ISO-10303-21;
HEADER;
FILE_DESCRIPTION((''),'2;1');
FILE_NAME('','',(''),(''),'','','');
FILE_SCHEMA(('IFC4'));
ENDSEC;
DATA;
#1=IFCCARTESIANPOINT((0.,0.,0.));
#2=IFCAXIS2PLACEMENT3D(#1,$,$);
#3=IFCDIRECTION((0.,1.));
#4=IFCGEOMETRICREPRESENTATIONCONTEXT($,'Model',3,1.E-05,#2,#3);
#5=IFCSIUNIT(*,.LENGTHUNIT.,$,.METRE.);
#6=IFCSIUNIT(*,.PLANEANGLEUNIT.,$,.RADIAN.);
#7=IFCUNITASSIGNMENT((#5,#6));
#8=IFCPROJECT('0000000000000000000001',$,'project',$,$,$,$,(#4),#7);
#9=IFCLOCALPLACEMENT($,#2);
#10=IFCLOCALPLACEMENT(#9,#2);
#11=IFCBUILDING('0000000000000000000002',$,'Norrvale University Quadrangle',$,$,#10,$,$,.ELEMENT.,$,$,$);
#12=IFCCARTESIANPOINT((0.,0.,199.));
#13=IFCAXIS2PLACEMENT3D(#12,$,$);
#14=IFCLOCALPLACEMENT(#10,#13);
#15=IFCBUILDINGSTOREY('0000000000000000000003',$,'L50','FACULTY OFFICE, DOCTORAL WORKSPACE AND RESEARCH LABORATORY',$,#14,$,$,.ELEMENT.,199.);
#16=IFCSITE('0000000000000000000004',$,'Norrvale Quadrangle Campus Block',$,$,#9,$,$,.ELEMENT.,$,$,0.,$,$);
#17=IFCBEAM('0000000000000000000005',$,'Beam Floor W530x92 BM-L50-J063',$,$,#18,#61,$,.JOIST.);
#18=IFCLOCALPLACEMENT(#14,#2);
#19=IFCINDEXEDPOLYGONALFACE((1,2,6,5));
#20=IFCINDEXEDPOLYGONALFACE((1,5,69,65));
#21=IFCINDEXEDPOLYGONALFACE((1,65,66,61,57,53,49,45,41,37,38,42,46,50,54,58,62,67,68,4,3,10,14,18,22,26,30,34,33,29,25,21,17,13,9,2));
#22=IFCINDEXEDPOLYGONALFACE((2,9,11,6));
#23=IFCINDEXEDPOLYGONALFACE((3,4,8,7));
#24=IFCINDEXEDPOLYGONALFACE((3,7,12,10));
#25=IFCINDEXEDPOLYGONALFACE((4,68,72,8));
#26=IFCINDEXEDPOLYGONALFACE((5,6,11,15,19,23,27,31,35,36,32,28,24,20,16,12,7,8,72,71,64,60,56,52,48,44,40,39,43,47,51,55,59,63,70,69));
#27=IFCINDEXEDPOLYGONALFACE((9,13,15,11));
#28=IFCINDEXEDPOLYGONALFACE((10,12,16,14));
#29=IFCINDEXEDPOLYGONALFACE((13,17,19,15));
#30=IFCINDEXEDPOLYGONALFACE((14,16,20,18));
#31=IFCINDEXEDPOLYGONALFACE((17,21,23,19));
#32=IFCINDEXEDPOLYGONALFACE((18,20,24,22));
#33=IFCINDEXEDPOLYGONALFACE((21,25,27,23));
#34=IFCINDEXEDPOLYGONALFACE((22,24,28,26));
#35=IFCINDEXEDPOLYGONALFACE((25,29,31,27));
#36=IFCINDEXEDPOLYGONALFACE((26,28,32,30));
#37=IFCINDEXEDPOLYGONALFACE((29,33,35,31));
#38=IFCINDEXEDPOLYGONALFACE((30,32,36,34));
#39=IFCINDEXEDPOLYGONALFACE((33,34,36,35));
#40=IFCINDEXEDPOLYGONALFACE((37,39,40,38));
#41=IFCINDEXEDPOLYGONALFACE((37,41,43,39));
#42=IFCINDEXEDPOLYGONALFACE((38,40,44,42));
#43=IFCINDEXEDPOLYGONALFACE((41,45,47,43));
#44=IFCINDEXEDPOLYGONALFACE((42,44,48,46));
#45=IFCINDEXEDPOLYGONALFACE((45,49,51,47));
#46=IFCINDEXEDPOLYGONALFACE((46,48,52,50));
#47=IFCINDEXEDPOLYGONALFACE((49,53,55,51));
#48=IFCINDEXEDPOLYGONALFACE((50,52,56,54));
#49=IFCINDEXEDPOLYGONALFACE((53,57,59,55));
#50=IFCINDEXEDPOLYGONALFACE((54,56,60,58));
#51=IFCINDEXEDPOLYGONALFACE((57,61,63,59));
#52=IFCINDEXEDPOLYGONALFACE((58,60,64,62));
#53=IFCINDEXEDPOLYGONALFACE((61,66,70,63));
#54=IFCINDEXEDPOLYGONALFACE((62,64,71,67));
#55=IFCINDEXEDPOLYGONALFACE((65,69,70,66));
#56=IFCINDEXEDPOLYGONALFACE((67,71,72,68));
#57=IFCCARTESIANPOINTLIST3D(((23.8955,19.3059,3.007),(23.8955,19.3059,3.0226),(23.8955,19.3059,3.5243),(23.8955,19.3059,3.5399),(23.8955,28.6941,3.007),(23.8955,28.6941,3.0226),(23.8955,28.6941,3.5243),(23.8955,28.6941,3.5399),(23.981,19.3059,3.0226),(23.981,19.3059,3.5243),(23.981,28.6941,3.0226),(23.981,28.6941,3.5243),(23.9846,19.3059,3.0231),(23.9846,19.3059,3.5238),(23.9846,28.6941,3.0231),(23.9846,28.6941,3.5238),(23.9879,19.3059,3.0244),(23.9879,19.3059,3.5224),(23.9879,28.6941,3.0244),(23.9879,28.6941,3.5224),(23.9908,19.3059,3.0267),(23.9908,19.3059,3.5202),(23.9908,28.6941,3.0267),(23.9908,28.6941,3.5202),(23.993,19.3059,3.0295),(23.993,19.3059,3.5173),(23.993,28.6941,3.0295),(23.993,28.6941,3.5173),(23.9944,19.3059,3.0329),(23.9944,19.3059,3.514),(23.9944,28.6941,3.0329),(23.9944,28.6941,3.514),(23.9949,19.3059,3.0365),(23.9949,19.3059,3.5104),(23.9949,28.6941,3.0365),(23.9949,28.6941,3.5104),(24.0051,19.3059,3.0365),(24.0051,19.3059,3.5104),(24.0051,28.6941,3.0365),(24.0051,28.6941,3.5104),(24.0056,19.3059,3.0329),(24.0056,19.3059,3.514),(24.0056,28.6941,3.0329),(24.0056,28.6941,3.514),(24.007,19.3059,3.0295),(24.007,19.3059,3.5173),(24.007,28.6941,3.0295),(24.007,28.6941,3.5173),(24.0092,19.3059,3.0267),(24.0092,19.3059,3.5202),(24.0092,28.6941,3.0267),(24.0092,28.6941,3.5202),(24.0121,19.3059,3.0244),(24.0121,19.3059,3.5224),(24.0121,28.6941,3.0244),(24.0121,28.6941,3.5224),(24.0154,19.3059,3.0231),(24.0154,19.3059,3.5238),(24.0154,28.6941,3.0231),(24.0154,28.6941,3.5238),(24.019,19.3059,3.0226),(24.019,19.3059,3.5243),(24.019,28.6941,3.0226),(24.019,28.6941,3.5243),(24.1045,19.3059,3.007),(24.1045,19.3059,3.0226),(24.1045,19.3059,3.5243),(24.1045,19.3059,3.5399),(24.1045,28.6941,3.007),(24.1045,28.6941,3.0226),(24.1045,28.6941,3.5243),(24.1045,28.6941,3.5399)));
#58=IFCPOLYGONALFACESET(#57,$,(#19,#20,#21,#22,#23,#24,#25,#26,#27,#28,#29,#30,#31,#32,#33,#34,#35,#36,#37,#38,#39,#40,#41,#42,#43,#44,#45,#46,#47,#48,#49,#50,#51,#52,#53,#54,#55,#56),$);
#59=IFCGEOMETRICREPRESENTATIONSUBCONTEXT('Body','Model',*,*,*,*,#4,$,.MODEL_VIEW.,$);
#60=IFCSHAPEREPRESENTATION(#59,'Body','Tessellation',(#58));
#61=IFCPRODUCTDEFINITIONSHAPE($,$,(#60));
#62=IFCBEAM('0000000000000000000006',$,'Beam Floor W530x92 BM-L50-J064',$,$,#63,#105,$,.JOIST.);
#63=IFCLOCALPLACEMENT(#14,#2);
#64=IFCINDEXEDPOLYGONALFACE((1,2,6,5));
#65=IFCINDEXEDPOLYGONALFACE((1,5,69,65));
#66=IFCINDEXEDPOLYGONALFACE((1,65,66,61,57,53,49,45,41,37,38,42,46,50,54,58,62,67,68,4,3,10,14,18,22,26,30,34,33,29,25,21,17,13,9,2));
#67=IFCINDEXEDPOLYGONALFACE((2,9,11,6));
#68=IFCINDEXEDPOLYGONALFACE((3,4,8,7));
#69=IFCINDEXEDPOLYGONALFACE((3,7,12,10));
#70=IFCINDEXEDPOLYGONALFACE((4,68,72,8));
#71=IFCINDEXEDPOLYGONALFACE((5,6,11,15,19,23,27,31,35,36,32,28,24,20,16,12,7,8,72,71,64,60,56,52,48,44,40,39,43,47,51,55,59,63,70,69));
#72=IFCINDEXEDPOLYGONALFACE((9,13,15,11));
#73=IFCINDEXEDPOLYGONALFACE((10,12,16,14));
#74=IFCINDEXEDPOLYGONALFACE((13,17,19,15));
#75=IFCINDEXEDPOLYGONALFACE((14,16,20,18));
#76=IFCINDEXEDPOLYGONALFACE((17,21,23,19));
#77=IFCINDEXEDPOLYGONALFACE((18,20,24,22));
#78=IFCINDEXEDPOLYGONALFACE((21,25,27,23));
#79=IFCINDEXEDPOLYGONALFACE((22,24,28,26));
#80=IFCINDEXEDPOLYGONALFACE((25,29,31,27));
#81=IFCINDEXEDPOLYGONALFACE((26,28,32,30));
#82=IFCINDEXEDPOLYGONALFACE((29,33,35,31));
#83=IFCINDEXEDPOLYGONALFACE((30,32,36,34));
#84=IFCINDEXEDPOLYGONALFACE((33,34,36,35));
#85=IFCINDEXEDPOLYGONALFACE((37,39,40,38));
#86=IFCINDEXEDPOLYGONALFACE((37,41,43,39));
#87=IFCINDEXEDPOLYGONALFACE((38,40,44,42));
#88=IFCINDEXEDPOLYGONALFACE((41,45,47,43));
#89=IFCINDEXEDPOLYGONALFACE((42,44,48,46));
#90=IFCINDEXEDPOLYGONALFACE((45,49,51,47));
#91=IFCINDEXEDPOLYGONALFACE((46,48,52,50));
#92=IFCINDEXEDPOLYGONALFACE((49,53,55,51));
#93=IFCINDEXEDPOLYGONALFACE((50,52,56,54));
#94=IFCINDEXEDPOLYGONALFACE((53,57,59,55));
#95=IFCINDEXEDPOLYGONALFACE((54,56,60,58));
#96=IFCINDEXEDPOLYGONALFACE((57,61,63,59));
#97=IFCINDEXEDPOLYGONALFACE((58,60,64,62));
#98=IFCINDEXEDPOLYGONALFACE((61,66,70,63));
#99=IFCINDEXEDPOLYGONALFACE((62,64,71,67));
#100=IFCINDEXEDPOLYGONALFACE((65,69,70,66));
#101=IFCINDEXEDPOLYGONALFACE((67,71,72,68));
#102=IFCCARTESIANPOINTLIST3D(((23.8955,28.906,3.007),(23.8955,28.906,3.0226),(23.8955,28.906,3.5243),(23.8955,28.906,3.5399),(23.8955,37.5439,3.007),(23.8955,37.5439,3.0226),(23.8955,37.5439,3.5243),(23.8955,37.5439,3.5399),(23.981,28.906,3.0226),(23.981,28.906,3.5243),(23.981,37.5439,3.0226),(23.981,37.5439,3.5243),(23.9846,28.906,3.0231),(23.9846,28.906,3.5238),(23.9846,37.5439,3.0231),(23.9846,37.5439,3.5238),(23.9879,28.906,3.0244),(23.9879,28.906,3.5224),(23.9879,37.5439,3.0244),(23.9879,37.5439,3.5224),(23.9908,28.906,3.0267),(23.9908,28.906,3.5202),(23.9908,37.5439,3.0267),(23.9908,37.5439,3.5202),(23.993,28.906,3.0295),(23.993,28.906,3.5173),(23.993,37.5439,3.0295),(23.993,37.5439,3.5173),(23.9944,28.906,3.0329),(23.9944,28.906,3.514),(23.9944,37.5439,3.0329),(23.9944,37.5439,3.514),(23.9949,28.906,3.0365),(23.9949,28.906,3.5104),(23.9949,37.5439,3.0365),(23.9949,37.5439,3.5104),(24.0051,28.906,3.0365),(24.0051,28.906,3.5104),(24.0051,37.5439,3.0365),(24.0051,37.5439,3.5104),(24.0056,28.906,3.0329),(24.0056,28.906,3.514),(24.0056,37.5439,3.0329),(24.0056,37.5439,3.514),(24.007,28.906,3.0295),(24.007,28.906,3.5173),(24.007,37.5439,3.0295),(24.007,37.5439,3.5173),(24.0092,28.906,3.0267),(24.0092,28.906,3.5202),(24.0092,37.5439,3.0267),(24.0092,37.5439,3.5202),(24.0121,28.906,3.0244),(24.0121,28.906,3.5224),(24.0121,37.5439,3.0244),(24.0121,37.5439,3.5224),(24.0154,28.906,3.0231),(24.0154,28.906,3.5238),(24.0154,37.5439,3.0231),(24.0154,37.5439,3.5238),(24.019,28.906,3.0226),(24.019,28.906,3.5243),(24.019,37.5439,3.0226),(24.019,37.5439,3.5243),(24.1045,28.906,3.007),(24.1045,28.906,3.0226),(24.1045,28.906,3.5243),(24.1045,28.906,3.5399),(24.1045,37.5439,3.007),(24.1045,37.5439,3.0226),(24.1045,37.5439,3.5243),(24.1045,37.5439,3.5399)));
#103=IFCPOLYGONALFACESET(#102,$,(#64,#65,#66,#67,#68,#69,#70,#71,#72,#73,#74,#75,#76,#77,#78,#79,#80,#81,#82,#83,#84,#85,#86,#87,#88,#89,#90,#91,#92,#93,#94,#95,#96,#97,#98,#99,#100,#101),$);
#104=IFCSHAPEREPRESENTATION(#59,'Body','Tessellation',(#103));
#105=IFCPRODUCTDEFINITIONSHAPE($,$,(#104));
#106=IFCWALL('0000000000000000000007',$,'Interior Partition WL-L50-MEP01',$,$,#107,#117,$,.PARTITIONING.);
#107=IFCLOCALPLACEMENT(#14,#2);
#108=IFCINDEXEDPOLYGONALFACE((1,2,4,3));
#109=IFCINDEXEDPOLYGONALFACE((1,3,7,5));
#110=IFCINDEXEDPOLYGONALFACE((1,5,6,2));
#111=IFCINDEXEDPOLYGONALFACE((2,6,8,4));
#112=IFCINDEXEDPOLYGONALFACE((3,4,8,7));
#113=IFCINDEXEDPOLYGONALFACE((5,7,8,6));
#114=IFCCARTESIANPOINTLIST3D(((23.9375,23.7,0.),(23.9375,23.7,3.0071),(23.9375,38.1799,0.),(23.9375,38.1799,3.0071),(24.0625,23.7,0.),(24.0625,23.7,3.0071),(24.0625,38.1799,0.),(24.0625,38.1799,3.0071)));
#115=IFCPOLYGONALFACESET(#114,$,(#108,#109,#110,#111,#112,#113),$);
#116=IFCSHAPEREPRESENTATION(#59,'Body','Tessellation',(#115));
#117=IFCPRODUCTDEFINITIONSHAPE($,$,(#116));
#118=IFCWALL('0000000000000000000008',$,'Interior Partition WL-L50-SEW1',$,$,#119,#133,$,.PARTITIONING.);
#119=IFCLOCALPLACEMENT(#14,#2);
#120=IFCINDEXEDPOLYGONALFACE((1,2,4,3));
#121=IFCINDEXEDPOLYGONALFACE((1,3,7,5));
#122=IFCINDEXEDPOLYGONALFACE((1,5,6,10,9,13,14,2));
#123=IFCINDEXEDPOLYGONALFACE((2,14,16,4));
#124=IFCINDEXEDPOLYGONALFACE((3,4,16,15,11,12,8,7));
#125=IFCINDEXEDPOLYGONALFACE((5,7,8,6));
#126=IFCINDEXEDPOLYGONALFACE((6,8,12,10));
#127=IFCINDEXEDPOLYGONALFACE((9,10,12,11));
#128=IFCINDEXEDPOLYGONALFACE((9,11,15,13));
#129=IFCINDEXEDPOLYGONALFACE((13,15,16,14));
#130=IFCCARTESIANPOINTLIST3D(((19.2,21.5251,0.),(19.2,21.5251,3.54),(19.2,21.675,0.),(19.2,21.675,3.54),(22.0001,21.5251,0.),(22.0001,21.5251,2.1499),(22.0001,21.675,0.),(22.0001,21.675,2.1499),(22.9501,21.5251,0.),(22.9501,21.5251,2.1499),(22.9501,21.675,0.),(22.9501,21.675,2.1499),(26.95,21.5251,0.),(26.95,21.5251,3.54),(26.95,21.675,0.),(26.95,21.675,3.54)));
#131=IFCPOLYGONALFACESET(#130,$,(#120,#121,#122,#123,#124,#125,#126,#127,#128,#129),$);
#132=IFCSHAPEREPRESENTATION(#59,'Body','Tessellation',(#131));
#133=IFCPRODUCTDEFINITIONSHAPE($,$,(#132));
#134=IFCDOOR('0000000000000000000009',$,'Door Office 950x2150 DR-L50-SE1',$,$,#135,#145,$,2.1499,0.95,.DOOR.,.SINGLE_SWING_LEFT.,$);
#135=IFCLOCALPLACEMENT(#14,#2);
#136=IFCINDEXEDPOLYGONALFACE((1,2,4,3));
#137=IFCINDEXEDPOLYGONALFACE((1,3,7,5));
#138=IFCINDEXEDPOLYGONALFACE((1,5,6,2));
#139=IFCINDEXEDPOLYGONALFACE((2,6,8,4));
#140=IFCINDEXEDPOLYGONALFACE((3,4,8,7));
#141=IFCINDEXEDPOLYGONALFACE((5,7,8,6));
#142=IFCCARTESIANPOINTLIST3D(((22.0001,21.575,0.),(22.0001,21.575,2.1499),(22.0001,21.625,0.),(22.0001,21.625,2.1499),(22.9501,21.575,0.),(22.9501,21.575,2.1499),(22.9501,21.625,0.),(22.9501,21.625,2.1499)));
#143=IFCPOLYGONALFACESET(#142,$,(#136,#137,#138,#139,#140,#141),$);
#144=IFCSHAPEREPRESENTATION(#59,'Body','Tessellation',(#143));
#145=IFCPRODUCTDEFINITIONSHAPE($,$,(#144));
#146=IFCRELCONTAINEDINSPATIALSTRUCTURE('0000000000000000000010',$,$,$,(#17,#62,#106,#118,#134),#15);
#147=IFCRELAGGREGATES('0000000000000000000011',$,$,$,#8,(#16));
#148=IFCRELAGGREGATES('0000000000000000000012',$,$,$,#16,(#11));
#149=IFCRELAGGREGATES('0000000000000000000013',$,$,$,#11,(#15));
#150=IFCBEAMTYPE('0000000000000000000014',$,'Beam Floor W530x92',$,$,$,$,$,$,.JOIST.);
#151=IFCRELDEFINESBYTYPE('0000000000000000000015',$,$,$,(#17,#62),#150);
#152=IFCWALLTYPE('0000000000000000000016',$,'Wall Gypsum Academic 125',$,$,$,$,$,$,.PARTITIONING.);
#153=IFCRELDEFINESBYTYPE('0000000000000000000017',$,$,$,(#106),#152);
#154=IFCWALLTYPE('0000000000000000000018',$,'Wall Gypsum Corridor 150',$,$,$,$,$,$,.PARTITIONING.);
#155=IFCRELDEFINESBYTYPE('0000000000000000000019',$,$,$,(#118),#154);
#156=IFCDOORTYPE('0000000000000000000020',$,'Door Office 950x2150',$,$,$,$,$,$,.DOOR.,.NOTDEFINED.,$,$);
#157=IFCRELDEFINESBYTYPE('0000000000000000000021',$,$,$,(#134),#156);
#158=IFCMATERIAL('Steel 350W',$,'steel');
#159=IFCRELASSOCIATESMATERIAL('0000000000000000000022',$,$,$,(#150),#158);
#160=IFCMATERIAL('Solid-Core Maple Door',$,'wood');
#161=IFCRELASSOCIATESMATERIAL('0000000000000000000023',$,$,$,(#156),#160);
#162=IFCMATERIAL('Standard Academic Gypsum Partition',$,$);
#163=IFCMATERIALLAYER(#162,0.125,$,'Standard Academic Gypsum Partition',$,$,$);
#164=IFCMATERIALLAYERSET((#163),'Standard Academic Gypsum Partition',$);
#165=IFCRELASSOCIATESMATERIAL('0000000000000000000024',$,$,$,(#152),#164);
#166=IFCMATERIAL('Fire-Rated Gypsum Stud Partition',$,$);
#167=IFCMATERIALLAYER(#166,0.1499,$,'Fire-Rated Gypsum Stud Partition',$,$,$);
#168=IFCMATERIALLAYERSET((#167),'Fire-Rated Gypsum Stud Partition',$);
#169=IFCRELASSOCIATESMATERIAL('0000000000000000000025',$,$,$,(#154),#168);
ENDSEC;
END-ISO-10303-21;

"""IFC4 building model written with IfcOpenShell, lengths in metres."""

from ifc_helpers import new_model, si_unit, direction, frame, frame_2d, origin, origin_2d, place, context, subcontext, project, spatial, rectangle, i_section, extrude, material, layer, layer_set, material_profile, profile_set, type_object, element, fill, save


model = new_model("IFC4")

# Units and contexts
model_context = context("Model", 3, precision=1e-05, world=origin(), true_north=direction((0.0, 1.0)))
body_context = subcontext(model_context, "Body", "Model", "MODEL_VIEW")
ifc_project = project(units=[si_unit("LENGTHUNIT", "METRE"), si_unit("PLANEANGLEUNIT", "RADIAN")], contexts=[model_context])

# Site, building, storey
site_placement = place(None, origin())
site = spatial("IfcSite", under=ifc_project, at=site_placement, Name="Norrvale Quadrangle Campus Block", CompositionType="ELEMENT", RefElevation=0.0)
building_placement = place(site_placement, origin())
building = spatial("IfcBuilding", under=site, at=building_placement, Name="Norrvale University Quadrangle", CompositionType="ELEMENT")
storey_placement = place(building_placement, frame((0.0, 0.0, 199.0)))
storey = spatial("IfcBuildingStorey", under=building, at=storey_placement, Name="L50", Description="FACULTY OFFICE, DOCTORAL WORKSPACE AND RESEARCH LABORATORY", CompositionType="ELEMENT", Elevation=199.0)

# Beams
ifc_material_1 = material(Name="Steel 350W", Category="steel")
ifc_material_profile_1 = material_profile(ifc_material_1, i_section(OverallWidth=0.209, OverallDepth=0.533, WebThickness=0.0103, FlangeThickness=0.0156, FilletRadius=0.0139, at=origin_2d()), Name="Steel 350W")
ifc_profile_set_1 = profile_set([ifc_material_profile_1], Name="Steel 350W")
beam_type_1 = type_object("IfcBeamType", Name="Beam Floor W530x92", PredefinedType="JOIST", material=ifc_profile_set_1)
beam_1_placement = place(storey_placement, frame((24.0, 19.3059, 3.2734), z_axis=(0.0, 1.0, 0.0), x_axis=(-1.0, 0.0, 0.0)))
element("IfcBeam", 1, at=beam_1_placement, inside=storey, type_object=beam_type_1, Name="Beam Floor W530x92 BM-L50-J063", PredefinedType="JOIST", context=body_context, shape_type="SweptSolid", body=[
    extrude(i_section(OverallWidth=0.209, OverallDepth=0.533, WebThickness=0.0103, FlangeThickness=0.0156, FilletRadius=0.0139, at=origin_2d()), origin(), (0.0, 0.0, 1.0), 9.3882),
])
beam_2_placement = place(storey_placement, frame((24.0, 28.906, 3.2734), z_axis=(0.0, 1.0, 0.0), x_axis=(-1.0, 0.0, 0.0)))
element("IfcBeam", 2, at=beam_2_placement, inside=storey, type_object=beam_type_1, Name="Beam Floor W530x92 BM-L50-J064", PredefinedType="JOIST", context=body_context, shape_type="SweptSolid", body=[
    extrude(i_section(OverallWidth=0.209, OverallDepth=0.533, WebThickness=0.0103, FlangeThickness=0.0156, FilletRadius=0.0139, at=origin_2d()), origin(), (0.0, 0.0, 1.0), 8.6379),
])

# Shared definitions
ifc_material_2 = material(Name="Solid-Core Maple Door", Category="wood")
door_type_1 = type_object("IfcDoorType", Name="Door Office 950x2150", OperationType="NOTDEFINED", PredefinedType="DOOR", material=ifc_material_2)

# Wall
ifc_material_3 = material(Name="Standard Academic Gypsum Partition")
ifc_layer_1 = layer(ifc_material_3, 0.125, Name="Standard Academic Gypsum Partition")
ifc_layer_set_1 = layer_set([ifc_layer_1], Name="Standard Academic Gypsum Partition")
wall_type_1 = type_object("IfcWallType", Name="Wall Gypsum Academic 125", PredefinedType="PARTITIONING", material=ifc_layer_set_1)
wall_1_placement = place(storey_placement, frame((24.0, 23.7, 0.0), z_axis=(0.0, 0.0, 1.0), x_axis=(0.0, 1.0, 0.0)))
element("IfcWall", 3, at=wall_1_placement, inside=storey, type_object=wall_type_1, Name="Interior Partition WL-L50-MEP01", PredefinedType="PARTITIONING", context=body_context, shape_type="SweptSolid", body=[
    extrude(rectangle(XDim=14.48, YDim=0.125, at=frame_2d((7.24, 0.0))), origin(), (0.0, 0.0, 1.0), 3.0071),
])

# Wall, opening, door
ifc_material_4 = material(Name="Fire-Rated Gypsum Stud Partition")
ifc_layer_2 = layer(ifc_material_4, 0.1499, Name="Fire-Rated Gypsum Stud Partition")
ifc_layer_set_2 = layer_set([ifc_layer_2], Name="Fire-Rated Gypsum Stud Partition")
wall_type_2 = type_object("IfcWallType", Name="Wall Gypsum Corridor 150", PredefinedType="PARTITIONING", material=ifc_layer_set_2)
wall_2_placement = place(storey_placement, frame((19.2, 21.6001, 0.0), z_axis=(0.0, 0.0, 1.0), x_axis=(1.0, 0.0, 0.0)))
wall_2 = element("IfcWall", 4, at=wall_2_placement, inside=storey, type_object=wall_type_2, Name="Interior Partition WL-L50-SEW1", PredefinedType="PARTITIONING", context=body_context, shape_type="SweptSolid", body=[
    extrude(rectangle(XDim=7.75, YDim=0.1499, at=frame_2d((3.875, 0.0))), origin(), (0.0, 0.0, 1.0), 3.54),
])
opening_1_placement = place(wall_2_placement, frame((2.8, 0.0, 0.0)))
opening_1 = element("IfcOpeningElement", 5, at=opening_1_placement, cuts=wall_2, PredefinedType="OPENING", context=body_context, shape_type="SweptSolid", body=[
    extrude(rectangle(XDim=0.95, YDim=2.1499, at=frame_2d((0.4751, 1.075))), frame((0.0, 0.0869, 0.0), z_axis=(0.0, -1.0, 0.0), x_axis=(1.0, 0.0, 0.0)), (0.0, 0.0, 1.0), 0.1738),
])
door_1_placement = place(opening_1_placement, origin())
door_1 = element("IfcDoor", 6, at=door_1_placement, inside=storey, type_object=door_type_1, Name="Door Office 950x2150 DR-L50-SE1", OperationType="SINGLE_SWING_LEFT", OverallHeight=2.1499, OverallWidth=0.95, PredefinedType="DOOR", context=body_context, shape_type="SweptSolid", body=[
    extrude(rectangle(XDim=0.95, YDim=2.1499, at=frame_2d((0.4751, 1.075))), frame((0.0, 0.0249, 0.0), z_axis=(0.0, -1.0, 0.0), x_axis=(1.0, 0.0, 0.0)), (0.0, 0.0, 1.0), 0.05),
])
fill(opening_1, door_1)

save(model, "model.ifc")
